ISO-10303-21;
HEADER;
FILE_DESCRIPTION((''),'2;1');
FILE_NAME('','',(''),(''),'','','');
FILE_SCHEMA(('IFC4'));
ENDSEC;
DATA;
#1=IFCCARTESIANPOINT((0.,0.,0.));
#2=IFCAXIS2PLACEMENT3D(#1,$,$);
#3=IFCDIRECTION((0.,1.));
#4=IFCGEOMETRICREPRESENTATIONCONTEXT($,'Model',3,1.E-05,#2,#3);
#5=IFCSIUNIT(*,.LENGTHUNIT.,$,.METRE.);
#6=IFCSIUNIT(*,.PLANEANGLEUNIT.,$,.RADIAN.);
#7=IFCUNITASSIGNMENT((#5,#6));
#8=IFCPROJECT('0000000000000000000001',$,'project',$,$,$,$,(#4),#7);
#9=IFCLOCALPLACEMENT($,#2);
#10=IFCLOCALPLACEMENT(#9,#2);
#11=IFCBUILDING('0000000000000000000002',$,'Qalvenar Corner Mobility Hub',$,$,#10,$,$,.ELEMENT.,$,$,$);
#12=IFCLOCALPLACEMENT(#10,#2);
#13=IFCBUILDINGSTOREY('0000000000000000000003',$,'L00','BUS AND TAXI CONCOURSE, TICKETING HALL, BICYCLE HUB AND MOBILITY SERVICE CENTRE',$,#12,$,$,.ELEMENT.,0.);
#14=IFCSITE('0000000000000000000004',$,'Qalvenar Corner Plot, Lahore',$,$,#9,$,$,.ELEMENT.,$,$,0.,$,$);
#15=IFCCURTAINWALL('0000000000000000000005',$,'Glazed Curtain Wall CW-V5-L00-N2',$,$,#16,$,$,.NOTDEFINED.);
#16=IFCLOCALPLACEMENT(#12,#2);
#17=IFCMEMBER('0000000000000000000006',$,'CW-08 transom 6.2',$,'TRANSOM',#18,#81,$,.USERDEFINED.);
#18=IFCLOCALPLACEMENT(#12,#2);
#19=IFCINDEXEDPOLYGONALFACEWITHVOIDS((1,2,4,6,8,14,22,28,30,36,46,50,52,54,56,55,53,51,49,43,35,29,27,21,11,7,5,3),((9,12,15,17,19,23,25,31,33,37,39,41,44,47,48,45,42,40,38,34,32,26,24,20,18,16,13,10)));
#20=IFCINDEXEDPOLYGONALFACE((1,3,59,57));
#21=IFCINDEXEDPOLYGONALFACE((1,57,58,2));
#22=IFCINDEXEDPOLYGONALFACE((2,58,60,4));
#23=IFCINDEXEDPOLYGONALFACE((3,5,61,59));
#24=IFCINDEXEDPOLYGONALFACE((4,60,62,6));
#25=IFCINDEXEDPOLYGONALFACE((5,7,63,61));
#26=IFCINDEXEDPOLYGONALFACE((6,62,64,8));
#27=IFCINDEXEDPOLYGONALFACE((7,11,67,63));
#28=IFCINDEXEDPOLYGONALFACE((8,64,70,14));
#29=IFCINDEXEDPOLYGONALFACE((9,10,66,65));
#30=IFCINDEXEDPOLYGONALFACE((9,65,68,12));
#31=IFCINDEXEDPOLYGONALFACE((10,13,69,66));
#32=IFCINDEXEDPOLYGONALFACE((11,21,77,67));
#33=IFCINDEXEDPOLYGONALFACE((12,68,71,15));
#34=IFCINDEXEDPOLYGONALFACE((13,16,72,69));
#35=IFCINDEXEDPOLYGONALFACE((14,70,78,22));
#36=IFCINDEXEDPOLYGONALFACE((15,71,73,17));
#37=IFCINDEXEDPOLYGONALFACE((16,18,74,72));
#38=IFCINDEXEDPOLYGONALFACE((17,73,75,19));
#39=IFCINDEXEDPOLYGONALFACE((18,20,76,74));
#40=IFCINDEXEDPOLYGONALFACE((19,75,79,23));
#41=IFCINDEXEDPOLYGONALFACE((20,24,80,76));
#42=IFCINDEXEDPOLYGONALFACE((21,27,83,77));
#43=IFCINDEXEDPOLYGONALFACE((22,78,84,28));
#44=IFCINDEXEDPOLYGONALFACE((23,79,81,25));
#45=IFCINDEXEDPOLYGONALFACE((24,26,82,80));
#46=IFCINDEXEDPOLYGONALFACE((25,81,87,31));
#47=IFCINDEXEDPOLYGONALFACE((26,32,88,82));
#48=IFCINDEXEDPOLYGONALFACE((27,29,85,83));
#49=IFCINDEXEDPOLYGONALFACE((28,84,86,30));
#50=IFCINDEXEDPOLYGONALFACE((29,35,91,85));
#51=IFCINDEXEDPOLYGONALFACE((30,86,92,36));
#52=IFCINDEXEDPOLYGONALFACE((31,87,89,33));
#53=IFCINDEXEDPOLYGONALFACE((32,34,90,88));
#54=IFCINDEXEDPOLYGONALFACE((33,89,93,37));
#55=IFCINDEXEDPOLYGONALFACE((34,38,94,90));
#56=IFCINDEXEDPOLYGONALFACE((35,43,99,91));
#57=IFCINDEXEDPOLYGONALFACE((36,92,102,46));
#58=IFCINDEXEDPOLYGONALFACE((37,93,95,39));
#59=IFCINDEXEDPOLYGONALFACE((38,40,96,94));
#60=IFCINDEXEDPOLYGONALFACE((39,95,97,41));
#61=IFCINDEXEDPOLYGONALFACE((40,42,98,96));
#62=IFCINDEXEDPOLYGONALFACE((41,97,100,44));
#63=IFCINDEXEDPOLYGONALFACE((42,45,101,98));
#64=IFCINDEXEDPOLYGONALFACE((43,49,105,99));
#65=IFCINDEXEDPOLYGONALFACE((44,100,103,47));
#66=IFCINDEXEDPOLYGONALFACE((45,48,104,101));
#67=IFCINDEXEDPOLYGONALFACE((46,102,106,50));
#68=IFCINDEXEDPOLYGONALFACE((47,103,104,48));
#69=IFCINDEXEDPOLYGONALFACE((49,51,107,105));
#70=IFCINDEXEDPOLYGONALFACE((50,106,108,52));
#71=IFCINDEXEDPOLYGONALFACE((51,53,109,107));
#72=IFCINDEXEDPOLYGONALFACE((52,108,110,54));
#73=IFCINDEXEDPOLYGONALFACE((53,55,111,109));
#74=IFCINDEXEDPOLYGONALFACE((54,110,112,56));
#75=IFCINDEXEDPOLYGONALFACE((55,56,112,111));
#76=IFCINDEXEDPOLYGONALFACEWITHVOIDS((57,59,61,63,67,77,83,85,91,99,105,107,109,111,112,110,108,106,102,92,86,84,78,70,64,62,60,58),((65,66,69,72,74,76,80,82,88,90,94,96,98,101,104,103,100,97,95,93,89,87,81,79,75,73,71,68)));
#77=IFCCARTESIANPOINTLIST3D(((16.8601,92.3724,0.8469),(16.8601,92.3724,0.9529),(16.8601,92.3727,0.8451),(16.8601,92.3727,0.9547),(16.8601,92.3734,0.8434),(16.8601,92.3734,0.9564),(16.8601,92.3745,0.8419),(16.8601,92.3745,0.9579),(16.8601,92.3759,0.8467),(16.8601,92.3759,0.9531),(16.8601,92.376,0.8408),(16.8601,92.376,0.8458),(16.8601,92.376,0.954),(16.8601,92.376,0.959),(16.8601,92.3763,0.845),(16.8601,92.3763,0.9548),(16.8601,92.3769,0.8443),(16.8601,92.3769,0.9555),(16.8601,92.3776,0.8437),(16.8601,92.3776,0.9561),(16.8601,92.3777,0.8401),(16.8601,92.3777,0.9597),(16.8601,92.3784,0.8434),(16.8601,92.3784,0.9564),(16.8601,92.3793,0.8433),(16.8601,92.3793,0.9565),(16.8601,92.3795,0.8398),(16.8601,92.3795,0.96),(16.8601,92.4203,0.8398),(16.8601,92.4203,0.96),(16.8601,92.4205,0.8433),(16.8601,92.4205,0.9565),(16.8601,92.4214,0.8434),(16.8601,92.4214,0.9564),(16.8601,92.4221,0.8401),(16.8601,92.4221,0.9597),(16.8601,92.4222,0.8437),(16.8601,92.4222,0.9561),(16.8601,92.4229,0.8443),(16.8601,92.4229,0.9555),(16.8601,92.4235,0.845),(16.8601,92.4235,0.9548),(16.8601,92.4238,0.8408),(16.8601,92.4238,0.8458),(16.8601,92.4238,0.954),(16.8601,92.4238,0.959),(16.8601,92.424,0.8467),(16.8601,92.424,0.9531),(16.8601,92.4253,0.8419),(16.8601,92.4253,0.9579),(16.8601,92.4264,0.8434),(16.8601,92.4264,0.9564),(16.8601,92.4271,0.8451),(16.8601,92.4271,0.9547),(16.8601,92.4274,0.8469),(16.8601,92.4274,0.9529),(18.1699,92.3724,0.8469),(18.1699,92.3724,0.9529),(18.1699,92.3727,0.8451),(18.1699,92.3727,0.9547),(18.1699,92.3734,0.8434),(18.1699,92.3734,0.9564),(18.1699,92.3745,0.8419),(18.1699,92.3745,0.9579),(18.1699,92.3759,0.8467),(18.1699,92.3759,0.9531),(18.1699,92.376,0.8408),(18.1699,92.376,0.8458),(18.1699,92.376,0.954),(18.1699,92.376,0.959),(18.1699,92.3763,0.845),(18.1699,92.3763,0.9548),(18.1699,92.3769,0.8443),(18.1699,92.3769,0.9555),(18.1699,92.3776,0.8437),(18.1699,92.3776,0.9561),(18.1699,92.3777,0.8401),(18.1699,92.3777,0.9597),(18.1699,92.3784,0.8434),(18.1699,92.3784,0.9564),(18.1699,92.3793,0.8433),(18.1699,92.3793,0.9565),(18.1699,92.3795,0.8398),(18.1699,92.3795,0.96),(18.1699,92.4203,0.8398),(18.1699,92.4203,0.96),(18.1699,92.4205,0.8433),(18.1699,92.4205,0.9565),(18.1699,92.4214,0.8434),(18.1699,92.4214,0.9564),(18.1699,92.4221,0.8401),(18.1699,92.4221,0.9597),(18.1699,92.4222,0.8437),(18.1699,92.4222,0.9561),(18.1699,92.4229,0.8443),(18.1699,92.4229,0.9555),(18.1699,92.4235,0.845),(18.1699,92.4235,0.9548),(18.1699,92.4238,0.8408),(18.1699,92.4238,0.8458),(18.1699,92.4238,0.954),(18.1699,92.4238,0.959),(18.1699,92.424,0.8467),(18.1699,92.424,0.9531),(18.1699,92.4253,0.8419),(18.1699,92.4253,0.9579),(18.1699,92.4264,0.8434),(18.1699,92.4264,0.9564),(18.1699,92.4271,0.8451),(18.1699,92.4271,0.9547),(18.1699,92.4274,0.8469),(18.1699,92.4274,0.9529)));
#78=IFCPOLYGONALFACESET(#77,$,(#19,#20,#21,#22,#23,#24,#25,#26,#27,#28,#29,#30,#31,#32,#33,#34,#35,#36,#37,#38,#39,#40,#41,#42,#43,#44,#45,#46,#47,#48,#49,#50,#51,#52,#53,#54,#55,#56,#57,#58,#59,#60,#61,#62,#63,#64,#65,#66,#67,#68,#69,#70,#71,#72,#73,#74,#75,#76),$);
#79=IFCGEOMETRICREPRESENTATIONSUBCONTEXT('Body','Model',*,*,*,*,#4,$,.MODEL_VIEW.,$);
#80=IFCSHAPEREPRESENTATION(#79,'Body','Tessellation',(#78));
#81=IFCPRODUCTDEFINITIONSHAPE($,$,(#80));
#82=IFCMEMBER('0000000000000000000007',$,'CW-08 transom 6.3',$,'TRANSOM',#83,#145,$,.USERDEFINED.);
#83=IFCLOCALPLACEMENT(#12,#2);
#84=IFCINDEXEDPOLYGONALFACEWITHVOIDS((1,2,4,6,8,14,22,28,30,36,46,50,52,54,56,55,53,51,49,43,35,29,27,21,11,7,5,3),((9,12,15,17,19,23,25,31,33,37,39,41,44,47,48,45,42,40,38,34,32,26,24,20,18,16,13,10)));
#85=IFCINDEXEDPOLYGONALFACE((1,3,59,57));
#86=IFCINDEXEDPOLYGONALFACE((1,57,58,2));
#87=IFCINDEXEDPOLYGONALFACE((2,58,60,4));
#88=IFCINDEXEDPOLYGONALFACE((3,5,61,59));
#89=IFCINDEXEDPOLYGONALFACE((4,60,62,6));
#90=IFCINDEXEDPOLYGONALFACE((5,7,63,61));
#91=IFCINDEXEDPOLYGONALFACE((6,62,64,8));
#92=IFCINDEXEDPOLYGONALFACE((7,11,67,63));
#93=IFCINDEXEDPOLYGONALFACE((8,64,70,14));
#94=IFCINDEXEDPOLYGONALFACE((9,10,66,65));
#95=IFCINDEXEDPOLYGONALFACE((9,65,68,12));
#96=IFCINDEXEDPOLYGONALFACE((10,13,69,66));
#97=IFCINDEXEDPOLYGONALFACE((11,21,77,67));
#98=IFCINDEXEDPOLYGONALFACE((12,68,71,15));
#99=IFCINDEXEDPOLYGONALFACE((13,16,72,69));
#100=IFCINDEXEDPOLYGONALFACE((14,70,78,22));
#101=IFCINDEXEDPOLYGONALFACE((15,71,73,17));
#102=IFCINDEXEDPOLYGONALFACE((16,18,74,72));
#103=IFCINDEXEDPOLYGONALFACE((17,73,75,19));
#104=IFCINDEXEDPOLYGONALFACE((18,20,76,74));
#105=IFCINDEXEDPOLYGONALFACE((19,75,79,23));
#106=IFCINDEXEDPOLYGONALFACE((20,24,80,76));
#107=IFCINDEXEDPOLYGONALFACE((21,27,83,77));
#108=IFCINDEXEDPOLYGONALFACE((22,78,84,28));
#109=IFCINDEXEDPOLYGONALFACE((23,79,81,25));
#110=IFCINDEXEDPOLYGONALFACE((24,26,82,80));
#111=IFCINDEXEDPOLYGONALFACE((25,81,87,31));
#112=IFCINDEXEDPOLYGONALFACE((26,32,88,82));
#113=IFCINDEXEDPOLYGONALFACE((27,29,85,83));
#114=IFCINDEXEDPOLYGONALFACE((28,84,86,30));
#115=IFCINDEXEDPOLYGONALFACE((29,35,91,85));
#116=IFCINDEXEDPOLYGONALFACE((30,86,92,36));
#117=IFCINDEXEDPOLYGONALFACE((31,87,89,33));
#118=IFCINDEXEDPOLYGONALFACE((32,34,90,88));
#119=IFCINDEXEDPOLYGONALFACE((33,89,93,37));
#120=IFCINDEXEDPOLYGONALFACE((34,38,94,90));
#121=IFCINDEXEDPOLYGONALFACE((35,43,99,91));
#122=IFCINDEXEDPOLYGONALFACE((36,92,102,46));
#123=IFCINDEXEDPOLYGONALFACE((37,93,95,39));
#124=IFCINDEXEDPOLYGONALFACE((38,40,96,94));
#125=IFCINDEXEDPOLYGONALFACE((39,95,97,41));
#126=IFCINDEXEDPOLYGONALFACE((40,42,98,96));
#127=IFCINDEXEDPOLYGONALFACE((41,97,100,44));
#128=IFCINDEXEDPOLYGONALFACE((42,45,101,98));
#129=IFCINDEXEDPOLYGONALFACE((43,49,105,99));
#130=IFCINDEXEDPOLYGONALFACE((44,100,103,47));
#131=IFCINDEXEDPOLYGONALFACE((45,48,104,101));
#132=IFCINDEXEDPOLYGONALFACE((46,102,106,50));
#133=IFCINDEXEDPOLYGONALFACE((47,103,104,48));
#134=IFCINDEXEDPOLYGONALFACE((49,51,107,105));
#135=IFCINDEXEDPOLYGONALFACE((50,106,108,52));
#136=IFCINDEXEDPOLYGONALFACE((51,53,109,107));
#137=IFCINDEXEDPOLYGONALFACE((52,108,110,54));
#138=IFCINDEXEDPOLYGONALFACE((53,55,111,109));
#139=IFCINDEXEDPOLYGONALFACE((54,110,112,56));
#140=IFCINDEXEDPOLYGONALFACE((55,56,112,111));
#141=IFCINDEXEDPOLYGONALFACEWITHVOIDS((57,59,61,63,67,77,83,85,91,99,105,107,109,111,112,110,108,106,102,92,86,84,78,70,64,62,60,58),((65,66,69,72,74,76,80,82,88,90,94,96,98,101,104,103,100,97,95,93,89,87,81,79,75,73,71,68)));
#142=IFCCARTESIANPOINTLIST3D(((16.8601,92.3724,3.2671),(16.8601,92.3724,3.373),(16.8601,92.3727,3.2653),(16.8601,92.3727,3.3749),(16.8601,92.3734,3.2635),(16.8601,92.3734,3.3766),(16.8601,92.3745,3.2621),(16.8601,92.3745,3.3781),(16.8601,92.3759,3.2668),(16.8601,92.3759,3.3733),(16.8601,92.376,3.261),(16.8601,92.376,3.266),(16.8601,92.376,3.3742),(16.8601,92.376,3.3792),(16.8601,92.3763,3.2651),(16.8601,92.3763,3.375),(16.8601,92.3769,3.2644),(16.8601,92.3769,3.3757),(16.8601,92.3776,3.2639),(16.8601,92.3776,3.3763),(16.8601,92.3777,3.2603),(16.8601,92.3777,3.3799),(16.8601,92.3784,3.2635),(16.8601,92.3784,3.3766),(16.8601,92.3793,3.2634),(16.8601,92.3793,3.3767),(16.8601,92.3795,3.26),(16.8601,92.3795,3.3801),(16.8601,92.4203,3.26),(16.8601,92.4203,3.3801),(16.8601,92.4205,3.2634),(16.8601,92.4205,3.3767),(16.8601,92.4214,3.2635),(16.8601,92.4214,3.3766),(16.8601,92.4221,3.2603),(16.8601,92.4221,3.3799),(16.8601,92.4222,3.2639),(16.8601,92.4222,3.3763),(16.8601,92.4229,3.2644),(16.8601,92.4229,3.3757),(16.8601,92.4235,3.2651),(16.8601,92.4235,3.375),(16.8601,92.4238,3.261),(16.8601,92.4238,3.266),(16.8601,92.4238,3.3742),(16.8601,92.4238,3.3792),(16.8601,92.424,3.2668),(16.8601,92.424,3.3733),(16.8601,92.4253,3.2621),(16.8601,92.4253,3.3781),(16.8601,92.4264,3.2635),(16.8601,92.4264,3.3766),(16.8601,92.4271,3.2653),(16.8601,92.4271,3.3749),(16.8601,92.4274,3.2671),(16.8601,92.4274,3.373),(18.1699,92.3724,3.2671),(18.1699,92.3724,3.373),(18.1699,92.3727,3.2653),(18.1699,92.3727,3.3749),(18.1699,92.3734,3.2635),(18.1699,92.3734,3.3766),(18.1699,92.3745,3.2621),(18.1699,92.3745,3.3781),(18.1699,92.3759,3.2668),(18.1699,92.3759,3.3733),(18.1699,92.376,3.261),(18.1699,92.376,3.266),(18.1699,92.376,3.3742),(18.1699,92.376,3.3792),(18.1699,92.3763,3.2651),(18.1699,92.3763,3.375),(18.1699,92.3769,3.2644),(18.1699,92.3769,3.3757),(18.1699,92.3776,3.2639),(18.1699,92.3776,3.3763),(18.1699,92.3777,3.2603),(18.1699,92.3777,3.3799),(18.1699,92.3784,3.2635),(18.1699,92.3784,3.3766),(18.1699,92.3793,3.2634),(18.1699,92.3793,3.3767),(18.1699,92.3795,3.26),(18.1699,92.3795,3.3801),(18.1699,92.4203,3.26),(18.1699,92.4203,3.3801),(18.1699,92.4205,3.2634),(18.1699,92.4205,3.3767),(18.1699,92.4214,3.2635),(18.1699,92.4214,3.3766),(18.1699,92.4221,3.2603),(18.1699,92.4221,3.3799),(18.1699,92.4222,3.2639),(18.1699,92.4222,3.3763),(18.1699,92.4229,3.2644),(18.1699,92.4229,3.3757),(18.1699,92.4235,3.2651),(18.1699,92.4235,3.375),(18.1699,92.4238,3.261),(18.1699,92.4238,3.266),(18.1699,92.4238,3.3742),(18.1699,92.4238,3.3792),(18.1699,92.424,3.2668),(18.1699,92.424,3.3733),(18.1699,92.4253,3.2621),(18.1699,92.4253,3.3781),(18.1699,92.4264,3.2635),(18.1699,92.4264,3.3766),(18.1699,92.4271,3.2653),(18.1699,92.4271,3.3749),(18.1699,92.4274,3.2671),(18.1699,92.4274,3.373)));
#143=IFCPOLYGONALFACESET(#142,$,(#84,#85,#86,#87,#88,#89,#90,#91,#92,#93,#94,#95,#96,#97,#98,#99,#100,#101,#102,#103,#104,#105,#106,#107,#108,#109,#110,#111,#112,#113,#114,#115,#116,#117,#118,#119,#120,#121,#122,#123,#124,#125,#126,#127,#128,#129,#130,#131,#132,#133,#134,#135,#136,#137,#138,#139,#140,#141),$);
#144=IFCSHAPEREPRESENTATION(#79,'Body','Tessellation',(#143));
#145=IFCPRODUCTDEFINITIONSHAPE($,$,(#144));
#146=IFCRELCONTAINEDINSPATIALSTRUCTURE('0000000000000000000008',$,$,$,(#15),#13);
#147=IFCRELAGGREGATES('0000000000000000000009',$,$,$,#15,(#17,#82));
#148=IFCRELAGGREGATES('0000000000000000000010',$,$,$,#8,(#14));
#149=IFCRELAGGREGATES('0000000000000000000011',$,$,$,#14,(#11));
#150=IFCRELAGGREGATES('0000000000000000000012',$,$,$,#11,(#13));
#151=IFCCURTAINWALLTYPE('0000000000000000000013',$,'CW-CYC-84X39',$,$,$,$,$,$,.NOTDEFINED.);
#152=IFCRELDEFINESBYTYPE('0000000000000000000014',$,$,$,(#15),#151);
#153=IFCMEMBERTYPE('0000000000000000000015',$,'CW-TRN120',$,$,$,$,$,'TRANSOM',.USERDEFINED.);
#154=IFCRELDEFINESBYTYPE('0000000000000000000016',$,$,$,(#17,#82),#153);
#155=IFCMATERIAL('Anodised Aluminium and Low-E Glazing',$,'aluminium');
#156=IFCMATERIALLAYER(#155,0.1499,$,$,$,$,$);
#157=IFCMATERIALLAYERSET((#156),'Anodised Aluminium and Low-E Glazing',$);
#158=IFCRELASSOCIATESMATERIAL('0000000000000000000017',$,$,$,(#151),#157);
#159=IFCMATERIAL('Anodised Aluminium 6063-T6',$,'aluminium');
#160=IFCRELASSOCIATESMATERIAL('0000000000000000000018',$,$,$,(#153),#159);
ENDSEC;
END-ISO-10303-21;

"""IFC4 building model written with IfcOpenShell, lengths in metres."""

from ifc_helpers import new_model, si_unit, direction, frame, origin, origin_2d, place, context, subcontext, project, spatial, hollow_rectangle, extrude, material, layer, layer_set, material_profile, profile_set, type_object, element, aggregate, save


model = new_model("IFC4")

# Units and contexts
model_context = context("Model", 3, precision=1e-05, world=origin(), true_north=direction((0.0, 1.0)))
body_context = subcontext(model_context, "Body", "Model", "MODEL_VIEW")
ifc_project = project(units=[si_unit("LENGTHUNIT", "METRE"), si_unit("PLANEANGLEUNIT", "RADIAN")], contexts=[model_context])

# Site, building, storey
site_placement = place(None, origin())
site = spatial("IfcSite", under=ifc_project, at=site_placement, Name="Qalvenar Corner Plot, Lahore", CompositionType="ELEMENT", RefElevation=0.0)
building_placement = place(site_placement, origin())
building = spatial("IfcBuilding", under=site, at=building_placement, Name="Qalvenar Corner Mobility Hub", CompositionType="ELEMENT")
storey_placement = place(building_placement, origin())
storey = spatial("IfcBuildingStorey", under=building, at=storey_placement, Name="L00", Description="BUS AND TAXI CONCOURSE, TICKETING HALL, BICYCLE HUB AND MOBILITY SERVICE CENTRE", CompositionType="ELEMENT", Elevation=0.0)

# Shared definitions
ifc_material_1 = material(Name="Anodised Aluminium and Low-E Glazing", Category="aluminium")
ifc_layer_1 = layer(ifc_material_1, 0.1499)
ifc_layer_set_1 = layer_set([ifc_layer_1], Name="Anodised Aluminium and Low-E Glazing")
curtain_wall_type = type_object("IfcCurtainWallType", Name="CW-CYC-84X39", PredefinedType="NOTDEFINED", material=ifc_layer_set_1)
ifc_material_2 = material(Name="Anodised Aluminium 6063-T6", Category="aluminium")

# Curtain wall
curtain_wall_1_placement = place(storey_placement, origin())
curtain_wall_1 = element("IfcCurtainWall", 1, at=curtain_wall_1_placement, inside=storey, type_object=curtain_wall_type, Name="Glazed Curtain Wall CW-V5-L00-N2", PredefinedType="NOTDEFINED")

# Members
ifc_material_profile_1 = material_profile(ifc_material_2, hollow_rectangle(XDim=0.0549, YDim=0.1201, WallThickness=0.0034, InnerFilletRadius=0.0034, OuterFilletRadius=0.0071, at=origin_2d()), Name="RHS120x55x3.5")
ifc_profile_set_1 = profile_set([ifc_material_profile_1], Name="Anodised Aluminium 6063-T6")
member_type_1 = type_object("IfcMemberType", Name="CW-TRN120", ElementType="TRANSOM", PredefinedType="USERDEFINED", material=ifc_profile_set_1)
member_1_placement = place(storey_placement, frame((18.1699, 92.3999, 0.8999), z_axis=(-1.0, 0.0, 0.0), x_axis=(0.0, -1.0, 0.0)))
member_1 = element("IfcMember", 2, at=member_1_placement, type_object=member_type_1, Name="CW-08 transom 6.2", ObjectType="TRANSOM", PredefinedType="USERDEFINED", context=body_context, shape_type="SweptSolid", body=[
    extrude(hollow_rectangle(XDim=0.0549, YDim=0.1201, WallThickness=0.0034, InnerFilletRadius=0.0034, OuterFilletRadius=0.0071, at=origin_2d()), origin(), (0.0, 0.0, 1.0), 1.3098),
])
member_2_placement = place(storey_placement, frame((18.1699, 92.3999, 3.3201), z_axis=(-1.0, 0.0, 0.0), x_axis=(0.0, -1.0, 0.0)))
member_2 = element("IfcMember", 3, at=member_2_placement, type_object=member_type_1, Name="CW-08 transom 6.3", ObjectType="TRANSOM", PredefinedType="USERDEFINED", context=body_context, shape_type="SweptSolid", body=[
    extrude(hollow_rectangle(XDim=0.0549, YDim=0.1201, WallThickness=0.0034, InnerFilletRadius=0.0034, OuterFilletRadius=0.0071, at=origin_2d()), origin(), (0.0, 0.0, 1.0), 1.3098),
])

aggregate(curtain_wall_1, [member_1, member_2])

save(model, "model.ifc")
